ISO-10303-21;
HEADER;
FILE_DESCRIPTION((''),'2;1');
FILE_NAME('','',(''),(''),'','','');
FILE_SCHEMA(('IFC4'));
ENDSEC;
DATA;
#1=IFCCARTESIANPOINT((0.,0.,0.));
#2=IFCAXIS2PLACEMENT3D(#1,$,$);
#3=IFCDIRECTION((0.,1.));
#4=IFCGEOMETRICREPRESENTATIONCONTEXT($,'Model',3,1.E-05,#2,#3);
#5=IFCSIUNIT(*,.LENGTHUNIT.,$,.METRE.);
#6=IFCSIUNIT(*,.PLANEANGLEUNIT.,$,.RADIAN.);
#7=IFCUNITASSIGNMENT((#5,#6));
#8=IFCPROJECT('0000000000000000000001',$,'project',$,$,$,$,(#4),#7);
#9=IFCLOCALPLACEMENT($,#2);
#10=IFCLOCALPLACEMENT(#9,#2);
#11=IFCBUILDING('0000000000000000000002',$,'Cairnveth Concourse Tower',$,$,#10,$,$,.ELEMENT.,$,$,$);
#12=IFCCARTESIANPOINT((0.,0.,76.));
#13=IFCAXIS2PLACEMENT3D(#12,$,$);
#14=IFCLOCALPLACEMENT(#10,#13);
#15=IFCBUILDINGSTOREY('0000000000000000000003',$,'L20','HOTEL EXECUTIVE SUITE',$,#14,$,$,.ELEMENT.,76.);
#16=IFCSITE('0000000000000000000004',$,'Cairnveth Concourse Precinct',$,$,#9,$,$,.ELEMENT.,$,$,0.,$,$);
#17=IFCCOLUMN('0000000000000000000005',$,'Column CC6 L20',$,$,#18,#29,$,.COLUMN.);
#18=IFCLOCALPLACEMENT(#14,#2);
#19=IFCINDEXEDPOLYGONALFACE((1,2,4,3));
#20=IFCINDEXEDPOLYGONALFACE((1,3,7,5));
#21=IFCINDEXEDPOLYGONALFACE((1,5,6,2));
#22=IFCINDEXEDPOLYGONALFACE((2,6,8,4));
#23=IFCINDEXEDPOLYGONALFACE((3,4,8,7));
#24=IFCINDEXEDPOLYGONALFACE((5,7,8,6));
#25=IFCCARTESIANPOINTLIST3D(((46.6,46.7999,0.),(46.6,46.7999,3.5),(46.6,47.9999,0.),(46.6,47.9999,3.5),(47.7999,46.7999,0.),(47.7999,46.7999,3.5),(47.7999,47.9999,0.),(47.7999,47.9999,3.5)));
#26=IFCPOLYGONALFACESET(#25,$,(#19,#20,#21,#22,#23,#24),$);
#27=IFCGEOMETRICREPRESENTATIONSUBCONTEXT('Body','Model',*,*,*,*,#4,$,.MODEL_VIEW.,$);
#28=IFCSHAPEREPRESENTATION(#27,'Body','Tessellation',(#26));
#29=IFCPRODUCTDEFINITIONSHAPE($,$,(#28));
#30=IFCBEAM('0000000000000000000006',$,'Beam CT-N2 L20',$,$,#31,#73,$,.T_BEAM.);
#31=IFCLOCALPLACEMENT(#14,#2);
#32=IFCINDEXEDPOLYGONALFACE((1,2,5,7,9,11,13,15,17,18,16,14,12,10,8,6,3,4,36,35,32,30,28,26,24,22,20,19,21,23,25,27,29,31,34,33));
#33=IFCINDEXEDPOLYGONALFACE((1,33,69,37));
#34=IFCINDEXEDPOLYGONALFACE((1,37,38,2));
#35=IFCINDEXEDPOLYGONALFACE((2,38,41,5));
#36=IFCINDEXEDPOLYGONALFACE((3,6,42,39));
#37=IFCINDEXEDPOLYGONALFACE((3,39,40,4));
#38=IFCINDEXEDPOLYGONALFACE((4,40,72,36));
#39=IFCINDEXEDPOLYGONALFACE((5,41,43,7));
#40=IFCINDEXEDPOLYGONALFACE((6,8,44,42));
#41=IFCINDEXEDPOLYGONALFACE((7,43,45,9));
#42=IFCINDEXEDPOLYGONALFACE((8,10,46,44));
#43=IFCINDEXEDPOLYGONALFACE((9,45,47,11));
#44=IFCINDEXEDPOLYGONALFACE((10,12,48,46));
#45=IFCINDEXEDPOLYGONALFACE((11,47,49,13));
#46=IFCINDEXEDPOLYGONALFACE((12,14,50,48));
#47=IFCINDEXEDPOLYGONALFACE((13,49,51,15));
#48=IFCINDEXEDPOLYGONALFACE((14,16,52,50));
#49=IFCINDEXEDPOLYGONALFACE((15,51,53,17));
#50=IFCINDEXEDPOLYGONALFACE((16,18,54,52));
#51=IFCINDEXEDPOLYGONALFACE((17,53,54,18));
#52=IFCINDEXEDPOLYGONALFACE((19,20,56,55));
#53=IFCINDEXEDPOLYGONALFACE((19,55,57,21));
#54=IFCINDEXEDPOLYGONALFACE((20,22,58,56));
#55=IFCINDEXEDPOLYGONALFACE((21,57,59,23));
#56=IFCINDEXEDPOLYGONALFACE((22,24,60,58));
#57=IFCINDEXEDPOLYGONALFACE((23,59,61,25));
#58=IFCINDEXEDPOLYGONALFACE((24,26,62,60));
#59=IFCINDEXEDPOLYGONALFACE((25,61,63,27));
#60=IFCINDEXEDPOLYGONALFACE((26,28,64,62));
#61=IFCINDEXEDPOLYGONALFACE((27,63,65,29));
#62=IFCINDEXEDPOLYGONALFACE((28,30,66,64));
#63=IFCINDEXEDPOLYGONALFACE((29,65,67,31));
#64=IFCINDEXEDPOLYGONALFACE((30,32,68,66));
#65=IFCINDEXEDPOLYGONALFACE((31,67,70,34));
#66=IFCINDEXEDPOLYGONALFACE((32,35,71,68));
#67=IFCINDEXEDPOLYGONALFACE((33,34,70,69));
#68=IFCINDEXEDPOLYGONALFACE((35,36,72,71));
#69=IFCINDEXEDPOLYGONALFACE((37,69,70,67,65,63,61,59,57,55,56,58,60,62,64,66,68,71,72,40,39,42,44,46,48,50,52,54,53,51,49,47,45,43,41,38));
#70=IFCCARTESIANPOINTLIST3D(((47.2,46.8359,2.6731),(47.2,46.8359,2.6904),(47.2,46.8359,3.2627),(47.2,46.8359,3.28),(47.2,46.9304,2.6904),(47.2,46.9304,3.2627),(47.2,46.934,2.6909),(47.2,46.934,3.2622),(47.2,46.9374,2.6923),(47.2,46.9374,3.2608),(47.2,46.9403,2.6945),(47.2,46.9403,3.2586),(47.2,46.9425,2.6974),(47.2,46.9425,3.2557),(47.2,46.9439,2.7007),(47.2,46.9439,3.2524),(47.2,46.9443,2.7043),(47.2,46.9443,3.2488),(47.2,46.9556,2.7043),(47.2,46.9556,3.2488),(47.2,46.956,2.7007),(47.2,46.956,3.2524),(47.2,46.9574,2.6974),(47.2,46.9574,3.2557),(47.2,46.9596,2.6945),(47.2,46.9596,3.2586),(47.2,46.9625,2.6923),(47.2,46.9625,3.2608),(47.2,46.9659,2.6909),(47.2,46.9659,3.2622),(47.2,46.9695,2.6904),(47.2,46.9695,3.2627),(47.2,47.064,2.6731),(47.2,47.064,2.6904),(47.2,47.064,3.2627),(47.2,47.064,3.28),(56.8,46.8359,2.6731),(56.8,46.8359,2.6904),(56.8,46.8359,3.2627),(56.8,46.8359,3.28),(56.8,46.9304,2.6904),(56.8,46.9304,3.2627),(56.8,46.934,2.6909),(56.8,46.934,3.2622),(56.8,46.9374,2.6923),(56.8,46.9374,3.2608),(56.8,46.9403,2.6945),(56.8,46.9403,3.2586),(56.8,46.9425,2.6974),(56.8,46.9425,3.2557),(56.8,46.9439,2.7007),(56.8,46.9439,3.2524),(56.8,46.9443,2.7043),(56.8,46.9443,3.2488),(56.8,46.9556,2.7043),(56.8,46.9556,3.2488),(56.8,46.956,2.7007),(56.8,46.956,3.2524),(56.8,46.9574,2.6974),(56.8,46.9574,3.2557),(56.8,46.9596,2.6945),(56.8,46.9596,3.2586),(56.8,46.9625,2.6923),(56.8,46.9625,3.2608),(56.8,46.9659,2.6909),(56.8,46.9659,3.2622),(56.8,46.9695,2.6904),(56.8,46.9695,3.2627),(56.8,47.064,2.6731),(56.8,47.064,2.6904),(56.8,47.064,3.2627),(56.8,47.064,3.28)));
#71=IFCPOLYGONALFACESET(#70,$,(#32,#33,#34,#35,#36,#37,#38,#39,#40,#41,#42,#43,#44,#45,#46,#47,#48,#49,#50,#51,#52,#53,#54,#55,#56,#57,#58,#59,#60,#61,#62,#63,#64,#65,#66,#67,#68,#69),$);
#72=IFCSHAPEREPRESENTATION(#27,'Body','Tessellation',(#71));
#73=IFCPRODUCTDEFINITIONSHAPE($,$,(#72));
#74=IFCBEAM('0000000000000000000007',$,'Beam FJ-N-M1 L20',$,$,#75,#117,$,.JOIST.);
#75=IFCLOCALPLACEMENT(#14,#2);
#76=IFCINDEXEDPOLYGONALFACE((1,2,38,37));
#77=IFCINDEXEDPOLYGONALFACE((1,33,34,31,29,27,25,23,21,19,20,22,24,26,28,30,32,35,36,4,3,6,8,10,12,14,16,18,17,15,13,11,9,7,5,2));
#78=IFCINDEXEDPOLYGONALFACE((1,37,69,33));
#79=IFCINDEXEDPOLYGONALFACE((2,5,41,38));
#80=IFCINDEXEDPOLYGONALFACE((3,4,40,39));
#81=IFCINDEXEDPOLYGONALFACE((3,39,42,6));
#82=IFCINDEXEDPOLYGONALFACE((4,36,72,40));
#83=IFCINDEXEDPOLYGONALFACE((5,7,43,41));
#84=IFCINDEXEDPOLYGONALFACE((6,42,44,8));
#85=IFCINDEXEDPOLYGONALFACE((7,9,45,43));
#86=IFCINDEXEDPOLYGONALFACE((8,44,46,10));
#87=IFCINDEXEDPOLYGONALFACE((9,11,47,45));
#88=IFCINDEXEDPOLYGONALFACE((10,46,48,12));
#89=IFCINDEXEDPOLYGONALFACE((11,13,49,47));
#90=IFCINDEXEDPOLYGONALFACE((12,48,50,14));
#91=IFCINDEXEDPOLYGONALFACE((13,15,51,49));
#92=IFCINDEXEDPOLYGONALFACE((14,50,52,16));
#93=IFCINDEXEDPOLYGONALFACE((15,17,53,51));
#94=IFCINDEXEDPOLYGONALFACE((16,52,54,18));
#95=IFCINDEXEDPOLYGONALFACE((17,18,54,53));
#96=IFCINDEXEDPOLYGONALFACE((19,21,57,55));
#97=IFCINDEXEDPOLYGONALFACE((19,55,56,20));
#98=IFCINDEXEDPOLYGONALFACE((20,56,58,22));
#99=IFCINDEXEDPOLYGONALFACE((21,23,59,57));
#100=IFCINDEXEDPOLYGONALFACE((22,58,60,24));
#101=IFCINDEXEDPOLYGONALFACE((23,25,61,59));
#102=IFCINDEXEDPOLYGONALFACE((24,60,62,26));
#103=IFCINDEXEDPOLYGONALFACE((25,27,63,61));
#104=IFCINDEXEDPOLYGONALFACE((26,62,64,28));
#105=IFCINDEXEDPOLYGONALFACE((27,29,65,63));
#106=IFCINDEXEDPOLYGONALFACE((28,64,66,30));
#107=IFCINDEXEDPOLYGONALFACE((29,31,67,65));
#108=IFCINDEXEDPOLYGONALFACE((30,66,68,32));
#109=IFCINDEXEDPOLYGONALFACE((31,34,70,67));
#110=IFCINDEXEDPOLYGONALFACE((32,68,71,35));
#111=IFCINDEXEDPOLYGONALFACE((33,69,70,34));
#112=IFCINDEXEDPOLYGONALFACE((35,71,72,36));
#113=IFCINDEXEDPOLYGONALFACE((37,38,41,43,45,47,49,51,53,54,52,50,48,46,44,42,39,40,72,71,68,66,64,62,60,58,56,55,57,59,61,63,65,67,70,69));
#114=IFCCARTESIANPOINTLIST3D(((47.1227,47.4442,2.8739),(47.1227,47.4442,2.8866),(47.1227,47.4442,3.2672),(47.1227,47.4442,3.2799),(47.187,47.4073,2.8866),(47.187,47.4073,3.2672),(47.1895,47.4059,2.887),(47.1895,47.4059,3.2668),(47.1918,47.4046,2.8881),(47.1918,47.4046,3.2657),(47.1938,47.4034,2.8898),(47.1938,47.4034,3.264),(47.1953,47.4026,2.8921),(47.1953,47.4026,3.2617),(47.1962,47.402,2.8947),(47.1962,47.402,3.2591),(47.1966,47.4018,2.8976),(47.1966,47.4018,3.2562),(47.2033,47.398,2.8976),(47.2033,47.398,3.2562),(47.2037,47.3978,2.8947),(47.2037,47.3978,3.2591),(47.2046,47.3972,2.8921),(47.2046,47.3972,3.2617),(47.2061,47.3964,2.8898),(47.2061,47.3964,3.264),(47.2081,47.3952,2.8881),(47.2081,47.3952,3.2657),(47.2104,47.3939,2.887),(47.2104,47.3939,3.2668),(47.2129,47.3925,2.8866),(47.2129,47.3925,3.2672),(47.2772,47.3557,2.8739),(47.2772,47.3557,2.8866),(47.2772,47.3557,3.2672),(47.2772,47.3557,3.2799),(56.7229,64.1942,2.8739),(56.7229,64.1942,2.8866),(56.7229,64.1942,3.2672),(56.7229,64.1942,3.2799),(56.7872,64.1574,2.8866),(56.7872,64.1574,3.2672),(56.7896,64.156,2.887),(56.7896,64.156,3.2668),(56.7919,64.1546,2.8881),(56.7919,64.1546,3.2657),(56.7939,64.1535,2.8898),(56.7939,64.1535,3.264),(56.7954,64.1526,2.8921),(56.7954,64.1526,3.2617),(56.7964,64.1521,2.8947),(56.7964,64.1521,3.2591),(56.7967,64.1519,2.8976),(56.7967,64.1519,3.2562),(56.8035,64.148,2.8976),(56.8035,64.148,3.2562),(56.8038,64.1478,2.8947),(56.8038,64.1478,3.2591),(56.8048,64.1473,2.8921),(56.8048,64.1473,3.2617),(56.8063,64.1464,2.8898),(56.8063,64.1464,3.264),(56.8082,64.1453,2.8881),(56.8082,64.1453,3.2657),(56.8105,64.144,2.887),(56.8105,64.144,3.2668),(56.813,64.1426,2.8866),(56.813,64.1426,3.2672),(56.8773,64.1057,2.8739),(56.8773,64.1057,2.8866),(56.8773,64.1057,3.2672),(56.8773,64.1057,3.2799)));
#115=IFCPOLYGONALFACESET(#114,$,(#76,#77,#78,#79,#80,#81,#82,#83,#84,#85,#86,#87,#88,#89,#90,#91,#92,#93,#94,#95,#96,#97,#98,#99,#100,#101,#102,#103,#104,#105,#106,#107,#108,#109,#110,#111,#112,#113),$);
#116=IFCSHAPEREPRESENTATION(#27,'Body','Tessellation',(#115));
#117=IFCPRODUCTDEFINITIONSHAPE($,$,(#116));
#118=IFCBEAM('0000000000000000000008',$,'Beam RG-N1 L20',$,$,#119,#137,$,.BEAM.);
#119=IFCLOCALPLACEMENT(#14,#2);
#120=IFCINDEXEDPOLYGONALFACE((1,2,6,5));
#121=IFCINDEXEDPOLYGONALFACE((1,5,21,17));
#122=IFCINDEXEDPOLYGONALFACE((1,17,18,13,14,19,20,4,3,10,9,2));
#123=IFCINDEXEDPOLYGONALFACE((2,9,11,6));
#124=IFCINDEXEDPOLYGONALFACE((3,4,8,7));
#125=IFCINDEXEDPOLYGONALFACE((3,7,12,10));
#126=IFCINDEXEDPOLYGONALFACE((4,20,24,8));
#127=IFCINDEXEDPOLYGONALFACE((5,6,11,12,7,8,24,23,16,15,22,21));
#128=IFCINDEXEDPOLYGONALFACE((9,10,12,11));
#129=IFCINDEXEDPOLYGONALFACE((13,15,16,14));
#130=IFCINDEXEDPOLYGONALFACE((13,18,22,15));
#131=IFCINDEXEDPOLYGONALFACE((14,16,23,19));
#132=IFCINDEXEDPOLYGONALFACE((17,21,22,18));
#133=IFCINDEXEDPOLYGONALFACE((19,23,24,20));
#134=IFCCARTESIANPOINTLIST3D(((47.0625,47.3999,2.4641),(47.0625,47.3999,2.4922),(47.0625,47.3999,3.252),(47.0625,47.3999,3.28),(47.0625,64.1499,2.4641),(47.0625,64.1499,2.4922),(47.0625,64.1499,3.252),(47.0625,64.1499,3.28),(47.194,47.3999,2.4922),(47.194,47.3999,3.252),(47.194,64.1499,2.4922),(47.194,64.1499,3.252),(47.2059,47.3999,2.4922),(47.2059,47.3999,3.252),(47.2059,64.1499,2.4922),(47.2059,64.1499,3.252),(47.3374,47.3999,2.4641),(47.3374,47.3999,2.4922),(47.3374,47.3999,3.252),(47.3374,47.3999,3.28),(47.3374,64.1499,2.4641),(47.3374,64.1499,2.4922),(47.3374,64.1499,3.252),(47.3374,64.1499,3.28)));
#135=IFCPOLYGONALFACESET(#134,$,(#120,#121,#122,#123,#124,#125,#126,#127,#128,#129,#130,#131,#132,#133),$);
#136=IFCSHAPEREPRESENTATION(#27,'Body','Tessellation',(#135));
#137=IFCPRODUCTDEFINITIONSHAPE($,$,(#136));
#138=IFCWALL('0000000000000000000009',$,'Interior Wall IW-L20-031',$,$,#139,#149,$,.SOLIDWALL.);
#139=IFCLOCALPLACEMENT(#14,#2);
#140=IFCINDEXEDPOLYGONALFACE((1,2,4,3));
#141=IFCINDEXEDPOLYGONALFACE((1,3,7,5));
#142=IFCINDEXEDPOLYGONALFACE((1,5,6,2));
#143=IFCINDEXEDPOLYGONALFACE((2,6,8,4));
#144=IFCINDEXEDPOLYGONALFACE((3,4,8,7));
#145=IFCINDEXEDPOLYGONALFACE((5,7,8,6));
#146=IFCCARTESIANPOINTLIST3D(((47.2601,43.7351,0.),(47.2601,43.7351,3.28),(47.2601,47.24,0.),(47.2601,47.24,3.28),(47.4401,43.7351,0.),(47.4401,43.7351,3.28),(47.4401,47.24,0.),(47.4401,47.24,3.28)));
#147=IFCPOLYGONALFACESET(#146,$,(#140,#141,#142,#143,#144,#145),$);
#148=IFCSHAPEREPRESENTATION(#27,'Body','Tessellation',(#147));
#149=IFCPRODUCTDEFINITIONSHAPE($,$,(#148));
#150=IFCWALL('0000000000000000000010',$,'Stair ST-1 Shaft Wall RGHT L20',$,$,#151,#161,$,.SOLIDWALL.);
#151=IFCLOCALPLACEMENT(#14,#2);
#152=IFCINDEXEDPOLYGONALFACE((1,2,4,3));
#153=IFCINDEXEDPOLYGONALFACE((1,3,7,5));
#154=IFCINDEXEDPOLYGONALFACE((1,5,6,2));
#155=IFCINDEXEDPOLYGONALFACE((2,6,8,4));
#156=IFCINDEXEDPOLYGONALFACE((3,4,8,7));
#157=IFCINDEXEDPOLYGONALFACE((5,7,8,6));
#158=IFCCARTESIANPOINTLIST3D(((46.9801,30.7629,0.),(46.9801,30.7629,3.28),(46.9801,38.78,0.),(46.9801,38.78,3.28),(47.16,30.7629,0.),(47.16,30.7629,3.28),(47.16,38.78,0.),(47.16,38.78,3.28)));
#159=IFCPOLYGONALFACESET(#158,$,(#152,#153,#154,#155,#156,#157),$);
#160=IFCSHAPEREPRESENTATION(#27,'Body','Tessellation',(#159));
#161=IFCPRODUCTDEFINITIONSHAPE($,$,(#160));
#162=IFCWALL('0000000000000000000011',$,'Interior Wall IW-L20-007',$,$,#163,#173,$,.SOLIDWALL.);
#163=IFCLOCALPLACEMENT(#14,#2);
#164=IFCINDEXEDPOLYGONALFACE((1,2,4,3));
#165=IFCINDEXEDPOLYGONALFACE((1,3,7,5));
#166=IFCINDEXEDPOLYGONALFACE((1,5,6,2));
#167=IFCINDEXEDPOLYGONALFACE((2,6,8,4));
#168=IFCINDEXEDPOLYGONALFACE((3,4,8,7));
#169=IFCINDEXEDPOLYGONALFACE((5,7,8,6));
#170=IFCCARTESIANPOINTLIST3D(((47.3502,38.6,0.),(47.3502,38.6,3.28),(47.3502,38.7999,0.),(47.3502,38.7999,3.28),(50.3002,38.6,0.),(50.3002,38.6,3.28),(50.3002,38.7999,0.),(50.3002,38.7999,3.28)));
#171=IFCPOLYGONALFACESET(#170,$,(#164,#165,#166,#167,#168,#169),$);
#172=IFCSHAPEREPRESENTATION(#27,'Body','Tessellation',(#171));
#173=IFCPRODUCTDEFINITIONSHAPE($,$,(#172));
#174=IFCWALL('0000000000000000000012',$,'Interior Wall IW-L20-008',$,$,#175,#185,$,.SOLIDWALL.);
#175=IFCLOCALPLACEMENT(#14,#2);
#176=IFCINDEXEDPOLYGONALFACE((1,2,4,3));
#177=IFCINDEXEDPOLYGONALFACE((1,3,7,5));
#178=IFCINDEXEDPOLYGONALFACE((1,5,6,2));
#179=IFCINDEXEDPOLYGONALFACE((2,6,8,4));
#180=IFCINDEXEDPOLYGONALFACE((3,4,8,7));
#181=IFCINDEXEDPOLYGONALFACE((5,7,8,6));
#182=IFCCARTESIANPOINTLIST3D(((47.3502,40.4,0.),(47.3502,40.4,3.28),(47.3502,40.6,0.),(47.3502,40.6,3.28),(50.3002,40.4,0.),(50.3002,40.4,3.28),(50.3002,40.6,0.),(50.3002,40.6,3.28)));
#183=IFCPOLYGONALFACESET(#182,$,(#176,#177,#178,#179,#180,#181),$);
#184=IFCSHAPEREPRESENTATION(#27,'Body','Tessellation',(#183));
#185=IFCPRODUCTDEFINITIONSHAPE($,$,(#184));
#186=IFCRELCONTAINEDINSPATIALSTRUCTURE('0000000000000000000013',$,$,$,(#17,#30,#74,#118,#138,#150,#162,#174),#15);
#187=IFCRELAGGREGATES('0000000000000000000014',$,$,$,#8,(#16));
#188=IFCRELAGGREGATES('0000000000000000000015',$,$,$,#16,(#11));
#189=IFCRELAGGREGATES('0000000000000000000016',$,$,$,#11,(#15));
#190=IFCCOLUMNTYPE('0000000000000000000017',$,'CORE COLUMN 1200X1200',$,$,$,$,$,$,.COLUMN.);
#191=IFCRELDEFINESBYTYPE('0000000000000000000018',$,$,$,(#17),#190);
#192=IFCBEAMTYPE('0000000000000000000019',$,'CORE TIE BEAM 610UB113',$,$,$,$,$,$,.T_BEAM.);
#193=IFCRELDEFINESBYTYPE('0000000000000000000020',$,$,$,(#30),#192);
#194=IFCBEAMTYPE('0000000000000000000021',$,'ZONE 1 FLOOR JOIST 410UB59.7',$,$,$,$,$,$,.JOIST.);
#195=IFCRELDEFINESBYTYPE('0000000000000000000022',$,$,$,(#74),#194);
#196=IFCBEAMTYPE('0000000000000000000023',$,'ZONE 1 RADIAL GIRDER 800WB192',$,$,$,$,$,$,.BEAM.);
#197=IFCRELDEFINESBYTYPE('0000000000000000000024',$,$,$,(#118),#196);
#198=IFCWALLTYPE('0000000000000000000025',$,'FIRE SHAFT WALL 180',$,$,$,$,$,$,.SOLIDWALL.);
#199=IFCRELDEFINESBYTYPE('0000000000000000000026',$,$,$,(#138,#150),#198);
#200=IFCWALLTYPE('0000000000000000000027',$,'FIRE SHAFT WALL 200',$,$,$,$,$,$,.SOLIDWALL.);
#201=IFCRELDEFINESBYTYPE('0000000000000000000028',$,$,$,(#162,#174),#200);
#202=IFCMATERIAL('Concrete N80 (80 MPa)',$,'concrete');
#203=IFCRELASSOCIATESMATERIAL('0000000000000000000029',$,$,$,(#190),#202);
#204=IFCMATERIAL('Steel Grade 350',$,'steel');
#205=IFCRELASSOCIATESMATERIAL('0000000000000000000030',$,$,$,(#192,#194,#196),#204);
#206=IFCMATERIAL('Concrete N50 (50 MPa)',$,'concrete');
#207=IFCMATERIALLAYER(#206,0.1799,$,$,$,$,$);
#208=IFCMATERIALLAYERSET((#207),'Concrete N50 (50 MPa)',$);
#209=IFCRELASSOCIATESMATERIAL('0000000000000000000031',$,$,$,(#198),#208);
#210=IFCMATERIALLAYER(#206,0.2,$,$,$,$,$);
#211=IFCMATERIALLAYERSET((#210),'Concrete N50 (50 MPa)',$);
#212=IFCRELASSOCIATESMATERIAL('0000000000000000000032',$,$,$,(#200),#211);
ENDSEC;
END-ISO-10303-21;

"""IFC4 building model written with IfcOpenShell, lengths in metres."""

from ifc_helpers import new_model, si_unit, direction, frame, frame_2d, origin, origin_2d, place, context, subcontext, project, spatial, rectangle, i_section, extrude, material, layer, layer_set, material_profile, profile_set, type_object, element, save


model = new_model("IFC4")

# Units and contexts
model_context = context("Model", 3, precision=1e-05, world=origin(), true_north=direction((0.0, 1.0)))
body_context = subcontext(model_context, "Body", "Model", "MODEL_VIEW")
ifc_project = project(units=[si_unit("LENGTHUNIT", "METRE"), si_unit("PLANEANGLEUNIT", "RADIAN")], contexts=[model_context])

# Site, building, storey
site_placement = place(None, origin())
site = spatial("IfcSite", under=ifc_project, at=site_placement, Name="Cairnveth Concourse Precinct", CompositionType="ELEMENT", RefElevation=0.0)
building_placement = place(site_placement, origin())
building = spatial("IfcBuilding", under=site, at=building_placement, Name="Cairnveth Concourse Tower", CompositionType="ELEMENT")
storey_placement = place(building_placement, frame((0.0, 0.0, 76.0)))
storey = spatial("IfcBuildingStorey", under=building, at=storey_placement, Name="L20", Description="HOTEL EXECUTIVE SUITE", CompositionType="ELEMENT", Elevation=76.0)

# Column
ifc_material_1 = material(Name="Concrete N80 (80 MPa)", Category="concrete")
ifc_material_profile_1 = material_profile(ifc_material_1, rectangle(XDim=1.2, YDim=1.2, at=origin_2d()), Name="RC-COL-1200x1200")
ifc_profile_set_1 = profile_set([ifc_material_profile_1], Name="Concrete N80 (80 MPa)")
column_type = type_object("IfcColumnType", Name="CORE COLUMN 1200X1200", PredefinedType="COLUMN", material=ifc_profile_set_1)
column_placement = place(storey_placement, frame((47.2, 47.3999, 0.0), z_axis=(0.0, 0.0, 1.0), x_axis=(1.0, 0.0, 0.0)))
element("IfcColumn", 1, at=column_placement, inside=storey, type_object=column_type, Name="Column CC6 L20", PredefinedType="COLUMN", context=body_context, shape_type="SweptSolid", body=[
    extrude(rectangle(XDim=1.2, YDim=1.2, at=origin_2d()), origin(), (0.0, 0.0, 1.0), 3.5),
])

# Beams
ifc_material_2 = material(Name="Steel Grade 350", Category="steel")
ifc_material_profile_2 = material_profile(ifc_material_2, i_section(OverallWidth=0.228, OverallDepth=0.6069, WebThickness=0.0112, FlangeThickness=0.0173, FilletRadius=0.0139, at=origin_2d()), Name="610UB113")
ifc_profile_set_2 = profile_set([ifc_material_profile_2], Name="Steel Grade 350")
beam_type_1 = type_object("IfcBeamType", Name="CORE TIE BEAM 610UB113", PredefinedType="T_BEAM", material=ifc_profile_set_2)
beam_1_placement = place(storey_placement, frame((47.2, 46.95, 2.9766), z_axis=(1.0, 0.0, 0.0), x_axis=(0.0, 1.0, 0.0)))
element("IfcBeam", 2, at=beam_1_placement, inside=storey, type_object=beam_type_1, Name="Beam CT-N2 L20", PredefinedType="T_BEAM", context=body_context, shape_type="SweptSolid", body=[
    extrude(i_section(OverallWidth=0.228, OverallDepth=0.6069, WebThickness=0.0112, FlangeThickness=0.0173, FilletRadius=0.0139, at=origin_2d()), origin(), (0.0, 0.0, 1.0), 9.6001),
])
ifc_material_profile_3 = material_profile(ifc_material_2, i_section(OverallWidth=0.178, OverallDepth=0.406, WebThickness=0.0078, FlangeThickness=0.0127, FilletRadius=0.011, at=origin_2d()), Name="410UB59.7")
ifc_profile_set_3 = profile_set([ifc_material_profile_3], Name="Steel Grade 350")
beam_type_2 = type_object("IfcBeamType", Name="ZONE 1 FLOOR JOIST 410UB59.7", PredefinedType="JOIST", material=ifc_profile_set_3)
beam_2_placement = place(storey_placement, frame((47.2, 47.3999, 3.0769), z_axis=(0.497258, 0.867603, 0.0), x_axis=(-0.867603, 0.497258, 0.0)))
element("IfcBeam", 3, at=beam_2_placement, inside=storey, type_object=beam_type_2, Name="Beam FJ-N-M1 L20", PredefinedType="JOIST", context=body_context, shape_type="SweptSolid", body=[
    extrude(i_section(OverallWidth=0.178, OverallDepth=0.406, WebThickness=0.0078, FlangeThickness=0.0127, FilletRadius=0.011, at=origin_2d()), origin(), (0.0, 0.0, 1.0), 19.3062),
])
ifc_material_profile_4 = material_profile(ifc_material_2, i_section(OverallWidth=0.2749, OverallDepth=0.8159, WebThickness=0.012, FlangeThickness=0.0281, at=origin_2d()), Name="800WB192")
ifc_profile_set_4 = profile_set([ifc_material_profile_4], Name="Steel Grade 350")
beam_type_3 = type_object("IfcBeamType", Name="ZONE 1 RADIAL GIRDER 800WB192", PredefinedType="BEAM", material=ifc_profile_set_4)
beam_3_placement = place(storey_placement, frame((47.2, 47.3999, 2.8721), z_axis=(0.0, 1.0, 0.0), x_axis=(-1.0, 0.0, 0.0)))
element("IfcBeam", 4, at=beam_3_placement, inside=storey, type_object=beam_type_3, Name="Beam RG-N1 L20", PredefinedType="BEAM", context=body_context, shape_type="SweptSolid", body=[
    extrude(i_section(OverallWidth=0.2749, OverallDepth=0.8159, WebThickness=0.012, FlangeThickness=0.0281, at=origin_2d()), origin(), (0.0, 0.0, 1.0), 16.75),
])

# Wall
ifc_material_3 = material(Name="Concrete N50 (50 MPa)", Category="concrete")
ifc_layer_1 = layer(ifc_material_3, 0.1799)
ifc_layer_set_1 = layer_set([ifc_layer_1], Name="Concrete N50 (50 MPa)")
wall_type_1 = type_object("IfcWallType", Name="FIRE SHAFT WALL 180", PredefinedType="SOLIDWALL", material=ifc_layer_set_1)
wall_1_placement = place(storey_placement, frame((47.3501, 43.7351, 0.0), z_axis=(0.0, 0.0, 1.0), x_axis=(0.0, 1.0, 0.0)))
element("IfcWall", 5, at=wall_1_placement, inside=storey, type_object=wall_type_1, Name="Interior Wall IW-L20-031", PredefinedType="SOLIDWALL", context=body_context, shape_type="SweptSolid", body=[
    extrude(rectangle(XDim=3.5049, YDim=0.1799, at=frame_2d((1.7524, 0.0))), origin(), (0.0, 0.0, 1.0), 3.28),
])

# Walls
wall_2_placement = place(storey_placement, frame((47.0701, 38.78, 0.0), z_axis=(0.0, 0.0, 1.0), x_axis=(0.0, -1.0, 0.0)))
element("IfcWall", 6, at=wall_2_placement, inside=storey, type_object=wall_type_1, Name="Stair ST-1 Shaft Wall RGHT L20", PredefinedType="SOLIDWALL", context=body_context, shape_type="SweptSolid", body=[
    extrude(rectangle(XDim=8.0171, YDim=0.1799, at=frame_2d((4.0085, 0.0))), origin(), (0.0, 0.0, 1.0), 3.28),
])
ifc_layer_2 = layer(ifc_material_3, 0.2)
ifc_layer_set_2 = layer_set([ifc_layer_2], Name="Concrete N50 (50 MPa)")
wall_type_2 = type_object("IfcWallType", Name="FIRE SHAFT WALL 200", PredefinedType="SOLIDWALL", material=ifc_layer_set_2)
for number, where, z_axis, x_axis, name in (
    (7, (47.3501, 38.7, 0.0), (0.0, 0.0, 1.0), (1.0, 0.0, 0.0), "Interior Wall IW-L20-007"),
    (8, (47.3501, 40.5, 0.0), (0.0, 0.0, 1.0), (1.0, 0.0, 0.0), "Interior Wall IW-L20-008"),
):
    element("IfcWall", number, at=place(storey_placement, frame(where, z_axis=z_axis, x_axis=x_axis)), inside=storey, type_object=wall_type_2, Name=name, PredefinedType="SOLIDWALL", context=body_context, shape_type="SweptSolid", body=[
        extrude(rectangle(XDim=2.95, YDim=0.2, at=frame_2d((1.4751, 0.0))), origin(), (0.0, 0.0, 1.0), 3.28),
    ])

save(model, "model.ifc")
